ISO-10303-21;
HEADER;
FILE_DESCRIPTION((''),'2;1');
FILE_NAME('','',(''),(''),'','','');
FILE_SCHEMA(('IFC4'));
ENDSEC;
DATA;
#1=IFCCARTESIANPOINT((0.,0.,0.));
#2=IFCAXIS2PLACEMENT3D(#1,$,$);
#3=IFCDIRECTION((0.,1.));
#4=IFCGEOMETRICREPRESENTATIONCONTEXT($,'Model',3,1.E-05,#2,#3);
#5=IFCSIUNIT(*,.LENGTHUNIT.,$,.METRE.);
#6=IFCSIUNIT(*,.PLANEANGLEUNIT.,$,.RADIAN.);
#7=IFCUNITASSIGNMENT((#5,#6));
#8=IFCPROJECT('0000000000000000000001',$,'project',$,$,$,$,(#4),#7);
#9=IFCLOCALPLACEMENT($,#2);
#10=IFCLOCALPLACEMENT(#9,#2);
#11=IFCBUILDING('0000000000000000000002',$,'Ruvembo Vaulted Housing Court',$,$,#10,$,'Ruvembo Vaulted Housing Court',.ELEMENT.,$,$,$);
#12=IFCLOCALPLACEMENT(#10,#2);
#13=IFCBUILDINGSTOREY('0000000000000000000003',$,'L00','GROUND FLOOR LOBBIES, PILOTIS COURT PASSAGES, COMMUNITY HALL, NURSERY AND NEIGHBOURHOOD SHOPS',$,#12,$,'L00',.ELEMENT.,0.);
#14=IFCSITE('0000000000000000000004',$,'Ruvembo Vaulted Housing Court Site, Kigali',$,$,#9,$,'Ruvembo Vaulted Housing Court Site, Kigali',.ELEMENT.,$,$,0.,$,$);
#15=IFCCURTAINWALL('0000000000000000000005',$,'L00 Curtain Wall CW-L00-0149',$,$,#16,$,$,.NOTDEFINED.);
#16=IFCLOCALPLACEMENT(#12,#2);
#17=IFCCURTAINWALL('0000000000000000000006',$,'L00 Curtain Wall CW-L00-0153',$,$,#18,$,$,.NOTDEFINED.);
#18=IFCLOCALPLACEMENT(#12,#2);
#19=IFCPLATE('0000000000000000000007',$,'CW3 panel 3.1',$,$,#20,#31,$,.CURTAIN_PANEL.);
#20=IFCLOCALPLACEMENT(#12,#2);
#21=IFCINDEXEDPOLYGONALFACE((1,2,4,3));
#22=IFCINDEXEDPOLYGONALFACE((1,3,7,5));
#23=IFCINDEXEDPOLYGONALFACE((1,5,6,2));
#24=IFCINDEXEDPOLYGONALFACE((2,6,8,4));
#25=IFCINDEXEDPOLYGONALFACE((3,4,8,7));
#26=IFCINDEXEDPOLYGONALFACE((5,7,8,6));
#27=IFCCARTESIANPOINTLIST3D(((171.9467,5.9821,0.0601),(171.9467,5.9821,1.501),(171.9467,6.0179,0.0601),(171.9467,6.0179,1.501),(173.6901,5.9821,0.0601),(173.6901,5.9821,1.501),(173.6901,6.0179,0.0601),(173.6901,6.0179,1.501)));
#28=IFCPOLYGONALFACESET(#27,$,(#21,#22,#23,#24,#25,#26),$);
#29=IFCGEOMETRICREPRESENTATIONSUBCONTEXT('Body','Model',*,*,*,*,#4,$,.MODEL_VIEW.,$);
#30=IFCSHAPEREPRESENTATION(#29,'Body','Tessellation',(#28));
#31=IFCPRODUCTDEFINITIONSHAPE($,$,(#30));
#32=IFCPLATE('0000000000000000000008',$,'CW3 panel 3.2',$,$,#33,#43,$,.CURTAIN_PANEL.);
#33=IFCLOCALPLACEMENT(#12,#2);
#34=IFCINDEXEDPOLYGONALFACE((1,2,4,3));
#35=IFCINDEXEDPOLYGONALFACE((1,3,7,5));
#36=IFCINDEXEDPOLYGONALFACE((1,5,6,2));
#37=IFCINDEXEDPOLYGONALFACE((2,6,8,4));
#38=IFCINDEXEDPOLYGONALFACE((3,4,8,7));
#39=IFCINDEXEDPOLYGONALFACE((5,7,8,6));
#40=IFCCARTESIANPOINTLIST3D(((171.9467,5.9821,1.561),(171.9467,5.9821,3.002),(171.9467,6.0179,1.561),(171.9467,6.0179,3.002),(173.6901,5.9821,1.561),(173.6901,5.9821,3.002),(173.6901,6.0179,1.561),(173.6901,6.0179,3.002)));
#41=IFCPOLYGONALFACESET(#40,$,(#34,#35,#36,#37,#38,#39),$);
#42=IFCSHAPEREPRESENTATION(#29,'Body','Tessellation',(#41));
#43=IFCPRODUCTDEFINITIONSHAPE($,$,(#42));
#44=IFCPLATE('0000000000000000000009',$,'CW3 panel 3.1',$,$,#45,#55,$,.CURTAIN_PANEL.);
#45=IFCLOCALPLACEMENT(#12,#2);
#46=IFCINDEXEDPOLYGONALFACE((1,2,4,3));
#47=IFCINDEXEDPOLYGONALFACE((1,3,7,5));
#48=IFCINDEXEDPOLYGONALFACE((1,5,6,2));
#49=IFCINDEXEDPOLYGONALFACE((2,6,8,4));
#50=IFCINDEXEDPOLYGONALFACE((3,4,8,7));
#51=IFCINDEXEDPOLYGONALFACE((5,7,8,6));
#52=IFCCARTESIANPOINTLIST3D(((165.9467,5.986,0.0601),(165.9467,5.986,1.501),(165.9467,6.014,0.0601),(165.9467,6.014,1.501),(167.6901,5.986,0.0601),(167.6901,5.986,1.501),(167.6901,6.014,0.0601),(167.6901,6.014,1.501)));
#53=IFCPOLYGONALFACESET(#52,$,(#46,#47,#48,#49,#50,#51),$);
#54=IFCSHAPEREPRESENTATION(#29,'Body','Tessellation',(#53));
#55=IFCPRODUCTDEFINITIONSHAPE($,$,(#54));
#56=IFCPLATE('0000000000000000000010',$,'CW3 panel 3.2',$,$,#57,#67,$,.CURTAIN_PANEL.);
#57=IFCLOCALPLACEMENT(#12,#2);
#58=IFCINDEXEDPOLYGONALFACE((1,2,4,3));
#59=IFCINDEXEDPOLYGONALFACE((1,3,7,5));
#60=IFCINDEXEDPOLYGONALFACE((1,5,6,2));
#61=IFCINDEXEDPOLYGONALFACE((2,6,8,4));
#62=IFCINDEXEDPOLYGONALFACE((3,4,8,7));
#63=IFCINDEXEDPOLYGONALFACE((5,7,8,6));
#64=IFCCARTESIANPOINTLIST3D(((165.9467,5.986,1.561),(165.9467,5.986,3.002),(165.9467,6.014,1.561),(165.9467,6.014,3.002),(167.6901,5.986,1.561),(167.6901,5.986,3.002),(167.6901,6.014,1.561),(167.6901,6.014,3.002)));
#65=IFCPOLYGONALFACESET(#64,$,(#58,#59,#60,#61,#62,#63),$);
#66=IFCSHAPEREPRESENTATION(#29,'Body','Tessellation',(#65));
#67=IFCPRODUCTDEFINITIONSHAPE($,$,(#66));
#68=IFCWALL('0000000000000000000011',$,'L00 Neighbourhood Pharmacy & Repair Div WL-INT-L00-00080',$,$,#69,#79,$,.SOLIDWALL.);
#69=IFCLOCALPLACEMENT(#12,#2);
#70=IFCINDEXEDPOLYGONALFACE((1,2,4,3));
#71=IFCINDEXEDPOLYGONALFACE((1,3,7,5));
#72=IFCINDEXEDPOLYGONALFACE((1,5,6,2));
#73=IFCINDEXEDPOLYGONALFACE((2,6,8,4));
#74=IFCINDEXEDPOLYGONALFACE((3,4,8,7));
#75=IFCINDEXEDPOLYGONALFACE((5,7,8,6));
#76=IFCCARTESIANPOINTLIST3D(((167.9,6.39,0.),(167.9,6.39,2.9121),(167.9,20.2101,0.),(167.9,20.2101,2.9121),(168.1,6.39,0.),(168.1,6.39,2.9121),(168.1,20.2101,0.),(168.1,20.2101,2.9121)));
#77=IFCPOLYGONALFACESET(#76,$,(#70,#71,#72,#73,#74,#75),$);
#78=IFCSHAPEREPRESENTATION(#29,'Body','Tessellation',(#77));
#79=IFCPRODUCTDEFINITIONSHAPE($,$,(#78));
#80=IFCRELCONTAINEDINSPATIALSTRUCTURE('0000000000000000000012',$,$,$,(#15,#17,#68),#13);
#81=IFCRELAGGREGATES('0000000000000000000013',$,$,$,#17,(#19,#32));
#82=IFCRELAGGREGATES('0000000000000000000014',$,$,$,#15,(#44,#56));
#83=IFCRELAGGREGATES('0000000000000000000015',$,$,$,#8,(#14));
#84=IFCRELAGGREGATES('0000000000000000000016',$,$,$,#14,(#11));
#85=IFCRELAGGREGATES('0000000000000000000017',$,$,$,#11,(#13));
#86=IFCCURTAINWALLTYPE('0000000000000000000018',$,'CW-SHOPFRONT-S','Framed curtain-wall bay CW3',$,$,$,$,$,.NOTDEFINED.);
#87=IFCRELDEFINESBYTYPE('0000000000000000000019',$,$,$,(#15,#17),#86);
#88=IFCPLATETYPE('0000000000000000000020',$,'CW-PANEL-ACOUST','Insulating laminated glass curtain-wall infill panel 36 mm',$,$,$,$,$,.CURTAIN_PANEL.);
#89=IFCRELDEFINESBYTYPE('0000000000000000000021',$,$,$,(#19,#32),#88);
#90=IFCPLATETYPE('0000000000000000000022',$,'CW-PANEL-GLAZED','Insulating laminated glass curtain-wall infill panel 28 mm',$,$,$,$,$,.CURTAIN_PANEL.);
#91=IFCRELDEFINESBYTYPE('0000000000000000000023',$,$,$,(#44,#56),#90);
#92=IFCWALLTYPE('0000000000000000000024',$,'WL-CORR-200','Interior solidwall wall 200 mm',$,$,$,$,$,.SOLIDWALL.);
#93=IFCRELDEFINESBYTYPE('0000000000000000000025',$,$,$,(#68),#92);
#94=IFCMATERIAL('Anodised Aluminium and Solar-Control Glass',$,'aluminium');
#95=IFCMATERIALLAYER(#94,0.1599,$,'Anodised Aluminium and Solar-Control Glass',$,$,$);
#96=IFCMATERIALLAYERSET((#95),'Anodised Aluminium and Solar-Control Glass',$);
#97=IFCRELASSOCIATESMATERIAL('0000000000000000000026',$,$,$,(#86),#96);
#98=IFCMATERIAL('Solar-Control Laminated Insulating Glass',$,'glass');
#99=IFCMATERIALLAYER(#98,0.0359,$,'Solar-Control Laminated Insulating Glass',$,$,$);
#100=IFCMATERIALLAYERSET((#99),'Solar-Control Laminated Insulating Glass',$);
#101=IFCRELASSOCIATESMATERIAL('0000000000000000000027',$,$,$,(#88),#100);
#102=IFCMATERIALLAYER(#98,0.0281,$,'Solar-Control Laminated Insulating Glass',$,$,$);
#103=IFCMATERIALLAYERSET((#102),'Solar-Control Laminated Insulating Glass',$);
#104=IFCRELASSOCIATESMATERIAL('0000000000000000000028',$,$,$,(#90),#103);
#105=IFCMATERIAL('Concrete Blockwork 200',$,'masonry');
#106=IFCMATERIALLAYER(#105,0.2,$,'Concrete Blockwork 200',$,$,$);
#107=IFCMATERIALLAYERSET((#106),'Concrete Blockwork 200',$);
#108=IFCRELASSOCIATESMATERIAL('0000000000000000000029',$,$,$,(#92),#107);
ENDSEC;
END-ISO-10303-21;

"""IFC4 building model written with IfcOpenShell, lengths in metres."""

from ifc_helpers import new_model, si_unit, direction, frame, frame_2d, origin, origin_2d, place, context, subcontext, project, spatial, rectangle, extrude, material, layer, layer_set, type_object, element, aggregate, save


model = new_model("IFC4")

# Units and contexts
model_context = context("Model", 3, precision=1e-05, world=origin(), true_north=direction((0.0, 1.0)))
body_context = subcontext(model_context, "Body", "Model", "MODEL_VIEW")
ifc_project = project(units=[si_unit("LENGTHUNIT", "METRE"), si_unit("PLANEANGLEUNIT", "RADIAN")], contexts=[model_context])

# Site, building, storey
site_placement = place(None, origin())
site = spatial("IfcSite", under=ifc_project, at=site_placement, Name="Ruvembo Vaulted Housing Court Site, Kigali", LongName="Ruvembo Vaulted Housing Court Site, Kigali", CompositionType="ELEMENT", RefElevation=0.0)
building_placement = place(site_placement, origin())
building = spatial("IfcBuilding", under=site, at=building_placement, Name="Ruvembo Vaulted Housing Court", LongName="Ruvembo Vaulted Housing Court", CompositionType="ELEMENT")
storey_placement = place(building_placement, origin())
storey = spatial("IfcBuildingStorey", under=building, at=storey_placement, Name="L00", Description="GROUND FLOOR LOBBIES, PILOTIS COURT PASSAGES, COMMUNITY HALL, NURSERY AND NEIGHBOURHOOD SHOPS", LongName="L00", CompositionType="ELEMENT", Elevation=0.0)

# Curtain wall
ifc_material_1 = material(Name="Anodised Aluminium and Solar-Control Glass", Category="aluminium")
ifc_layer_1 = layer(ifc_material_1, 0.1599, Name="Anodised Aluminium and Solar-Control Glass")
ifc_layer_set_1 = layer_set([ifc_layer_1], Name="Anodised Aluminium and Solar-Control Glass")
curtain_wall_type = type_object("IfcCurtainWallType", Name="CW-SHOPFRONT-S", Description="Framed curtain-wall bay CW3", PredefinedType="NOTDEFINED", material=ifc_layer_set_1)
curtain_wall_1_placement = place(storey_placement, origin())
curtain_wall_1 = element("IfcCurtainWall", 1, at=curtain_wall_1_placement, inside=storey, type_object=curtain_wall_type, Name="L00 Curtain Wall CW-L00-0149", PredefinedType="NOTDEFINED")

# Curtain wall
curtain_wall_2_placement = place(storey_placement, origin())
curtain_wall_2 = element("IfcCurtainWall", 2, at=curtain_wall_2_placement, inside=storey, type_object=curtain_wall_type, Name="L00 Curtain Wall CW-L00-0153", PredefinedType="NOTDEFINED")

# Plates
ifc_material_2 = material(Name="Solar-Control Laminated Insulating Glass", Category="glass")
ifc_layer_2 = layer(ifc_material_2, 0.0359, Name="Solar-Control Laminated Insulating Glass")
ifc_layer_set_2 = layer_set([ifc_layer_2], Name="Solar-Control Laminated Insulating Glass")
plate_type_1 = type_object("IfcPlateType", Name="CW-PANEL-ACOUST", Description="Insulating laminated glass curtain-wall infill panel 36 mm", PredefinedType="CURTAIN_PANEL", material=ifc_layer_set_2)
plate_1_placement = place(storey_placement, frame((172.8184, 6.0, 0.0601), z_axis=(0.0, 0.0, 1.0), x_axis=(1.0, 0.0, 0.0)))
plate_1 = element("IfcPlate", 3, at=plate_1_placement, type_object=plate_type_1, Name="CW3 panel 3.1", PredefinedType="CURTAIN_PANEL", context=body_context, shape_type="SweptSolid", body=[
    extrude(rectangle(XDim=1.7434, YDim=0.0359, at=origin_2d()), origin(), (0.0, 0.0, 1.0), 1.4409),
])
plate_2_placement = place(storey_placement, frame((172.8184, 6.0, 1.561), z_axis=(0.0, 0.0, 1.0), x_axis=(1.0, 0.0, 0.0)))
plate_2 = element("IfcPlate", 4, at=plate_2_placement, type_object=plate_type_1, Name="CW3 panel 3.2", PredefinedType="CURTAIN_PANEL", context=body_context, shape_type="SweptSolid", body=[
    extrude(rectangle(XDim=1.7434, YDim=0.0359, at=origin_2d()), origin(), (0.0, 0.0, 1.0), 1.4409),
])
aggregate(curtain_wall_2, [plate_1, plate_2])
ifc_layer_3 = layer(ifc_material_2, 0.0281, Name="Solar-Control Laminated Insulating Glass")
ifc_layer_set_3 = layer_set([ifc_layer_3], Name="Solar-Control Laminated Insulating Glass")
plate_type_2 = type_object("IfcPlateType", Name="CW-PANEL-GLAZED", Description="Insulating laminated glass curtain-wall infill panel 28 mm", PredefinedType="CURTAIN_PANEL", material=ifc_layer_set_3)
plate_3_placement = place(storey_placement, frame((166.8184, 6.0, 0.0601), z_axis=(0.0, 0.0, 1.0), x_axis=(1.0, 0.0, 0.0)))
plate_3 = element("IfcPlate", 5, at=plate_3_placement, type_object=plate_type_2, Name="CW3 panel 3.1", PredefinedType="CURTAIN_PANEL", context=body_context, shape_type="SweptSolid", body=[
    extrude(rectangle(XDim=1.7434, YDim=0.0281, at=origin_2d()), origin(), (0.0, 0.0, 1.0), 1.4409),
])
plate_4_placement = place(storey_placement, frame((166.8184, 6.0, 1.561), z_axis=(0.0, 0.0, 1.0), x_axis=(1.0, 0.0, 0.0)))
plate_4 = element("IfcPlate", 6, at=plate_4_placement, type_object=plate_type_2, Name="CW3 panel 3.2", PredefinedType="CURTAIN_PANEL", context=body_context, shape_type="SweptSolid", body=[
    extrude(rectangle(XDim=1.7434, YDim=0.0281, at=origin_2d()), origin(), (0.0, 0.0, 1.0), 1.4409),
])
aggregate(curtain_wall_1, [plate_3, plate_4])

# Wall
ifc_material_3 = material(Name="Concrete Blockwork 200", Category="masonry")
ifc_layer_4 = layer(ifc_material_3, 0.2, Name="Concrete Blockwork 200")
ifc_layer_set_4 = layer_set([ifc_layer_4], Name="Concrete Blockwork 200")
wall_type = type_object("IfcWallType", Name="WL-CORR-200", Description="Interior solidwall wall 200 mm", PredefinedType="SOLIDWALL", material=ifc_layer_set_4)
wall_placement = place(storey_placement, frame((168.0, 6.3899, 0.0), z_axis=(0.0, 0.0, 1.0), x_axis=(0.0, 1.0, 0.0)))
element("IfcWall", 7, at=wall_placement, inside=storey, type_object=wall_type, Name="L00 Neighbourhood Pharmacy & Repair Div WL-INT-L00-00080", PredefinedType="SOLIDWALL", context=body_context, shape_type="SweptSolid", body=[
    extrude(rectangle(XDim=13.8201, YDim=0.2, at=frame_2d((6.9102, 0.0))), origin(), (0.0, 0.0, 1.0), 2.9121),
])

save(model, "model.ifc")
